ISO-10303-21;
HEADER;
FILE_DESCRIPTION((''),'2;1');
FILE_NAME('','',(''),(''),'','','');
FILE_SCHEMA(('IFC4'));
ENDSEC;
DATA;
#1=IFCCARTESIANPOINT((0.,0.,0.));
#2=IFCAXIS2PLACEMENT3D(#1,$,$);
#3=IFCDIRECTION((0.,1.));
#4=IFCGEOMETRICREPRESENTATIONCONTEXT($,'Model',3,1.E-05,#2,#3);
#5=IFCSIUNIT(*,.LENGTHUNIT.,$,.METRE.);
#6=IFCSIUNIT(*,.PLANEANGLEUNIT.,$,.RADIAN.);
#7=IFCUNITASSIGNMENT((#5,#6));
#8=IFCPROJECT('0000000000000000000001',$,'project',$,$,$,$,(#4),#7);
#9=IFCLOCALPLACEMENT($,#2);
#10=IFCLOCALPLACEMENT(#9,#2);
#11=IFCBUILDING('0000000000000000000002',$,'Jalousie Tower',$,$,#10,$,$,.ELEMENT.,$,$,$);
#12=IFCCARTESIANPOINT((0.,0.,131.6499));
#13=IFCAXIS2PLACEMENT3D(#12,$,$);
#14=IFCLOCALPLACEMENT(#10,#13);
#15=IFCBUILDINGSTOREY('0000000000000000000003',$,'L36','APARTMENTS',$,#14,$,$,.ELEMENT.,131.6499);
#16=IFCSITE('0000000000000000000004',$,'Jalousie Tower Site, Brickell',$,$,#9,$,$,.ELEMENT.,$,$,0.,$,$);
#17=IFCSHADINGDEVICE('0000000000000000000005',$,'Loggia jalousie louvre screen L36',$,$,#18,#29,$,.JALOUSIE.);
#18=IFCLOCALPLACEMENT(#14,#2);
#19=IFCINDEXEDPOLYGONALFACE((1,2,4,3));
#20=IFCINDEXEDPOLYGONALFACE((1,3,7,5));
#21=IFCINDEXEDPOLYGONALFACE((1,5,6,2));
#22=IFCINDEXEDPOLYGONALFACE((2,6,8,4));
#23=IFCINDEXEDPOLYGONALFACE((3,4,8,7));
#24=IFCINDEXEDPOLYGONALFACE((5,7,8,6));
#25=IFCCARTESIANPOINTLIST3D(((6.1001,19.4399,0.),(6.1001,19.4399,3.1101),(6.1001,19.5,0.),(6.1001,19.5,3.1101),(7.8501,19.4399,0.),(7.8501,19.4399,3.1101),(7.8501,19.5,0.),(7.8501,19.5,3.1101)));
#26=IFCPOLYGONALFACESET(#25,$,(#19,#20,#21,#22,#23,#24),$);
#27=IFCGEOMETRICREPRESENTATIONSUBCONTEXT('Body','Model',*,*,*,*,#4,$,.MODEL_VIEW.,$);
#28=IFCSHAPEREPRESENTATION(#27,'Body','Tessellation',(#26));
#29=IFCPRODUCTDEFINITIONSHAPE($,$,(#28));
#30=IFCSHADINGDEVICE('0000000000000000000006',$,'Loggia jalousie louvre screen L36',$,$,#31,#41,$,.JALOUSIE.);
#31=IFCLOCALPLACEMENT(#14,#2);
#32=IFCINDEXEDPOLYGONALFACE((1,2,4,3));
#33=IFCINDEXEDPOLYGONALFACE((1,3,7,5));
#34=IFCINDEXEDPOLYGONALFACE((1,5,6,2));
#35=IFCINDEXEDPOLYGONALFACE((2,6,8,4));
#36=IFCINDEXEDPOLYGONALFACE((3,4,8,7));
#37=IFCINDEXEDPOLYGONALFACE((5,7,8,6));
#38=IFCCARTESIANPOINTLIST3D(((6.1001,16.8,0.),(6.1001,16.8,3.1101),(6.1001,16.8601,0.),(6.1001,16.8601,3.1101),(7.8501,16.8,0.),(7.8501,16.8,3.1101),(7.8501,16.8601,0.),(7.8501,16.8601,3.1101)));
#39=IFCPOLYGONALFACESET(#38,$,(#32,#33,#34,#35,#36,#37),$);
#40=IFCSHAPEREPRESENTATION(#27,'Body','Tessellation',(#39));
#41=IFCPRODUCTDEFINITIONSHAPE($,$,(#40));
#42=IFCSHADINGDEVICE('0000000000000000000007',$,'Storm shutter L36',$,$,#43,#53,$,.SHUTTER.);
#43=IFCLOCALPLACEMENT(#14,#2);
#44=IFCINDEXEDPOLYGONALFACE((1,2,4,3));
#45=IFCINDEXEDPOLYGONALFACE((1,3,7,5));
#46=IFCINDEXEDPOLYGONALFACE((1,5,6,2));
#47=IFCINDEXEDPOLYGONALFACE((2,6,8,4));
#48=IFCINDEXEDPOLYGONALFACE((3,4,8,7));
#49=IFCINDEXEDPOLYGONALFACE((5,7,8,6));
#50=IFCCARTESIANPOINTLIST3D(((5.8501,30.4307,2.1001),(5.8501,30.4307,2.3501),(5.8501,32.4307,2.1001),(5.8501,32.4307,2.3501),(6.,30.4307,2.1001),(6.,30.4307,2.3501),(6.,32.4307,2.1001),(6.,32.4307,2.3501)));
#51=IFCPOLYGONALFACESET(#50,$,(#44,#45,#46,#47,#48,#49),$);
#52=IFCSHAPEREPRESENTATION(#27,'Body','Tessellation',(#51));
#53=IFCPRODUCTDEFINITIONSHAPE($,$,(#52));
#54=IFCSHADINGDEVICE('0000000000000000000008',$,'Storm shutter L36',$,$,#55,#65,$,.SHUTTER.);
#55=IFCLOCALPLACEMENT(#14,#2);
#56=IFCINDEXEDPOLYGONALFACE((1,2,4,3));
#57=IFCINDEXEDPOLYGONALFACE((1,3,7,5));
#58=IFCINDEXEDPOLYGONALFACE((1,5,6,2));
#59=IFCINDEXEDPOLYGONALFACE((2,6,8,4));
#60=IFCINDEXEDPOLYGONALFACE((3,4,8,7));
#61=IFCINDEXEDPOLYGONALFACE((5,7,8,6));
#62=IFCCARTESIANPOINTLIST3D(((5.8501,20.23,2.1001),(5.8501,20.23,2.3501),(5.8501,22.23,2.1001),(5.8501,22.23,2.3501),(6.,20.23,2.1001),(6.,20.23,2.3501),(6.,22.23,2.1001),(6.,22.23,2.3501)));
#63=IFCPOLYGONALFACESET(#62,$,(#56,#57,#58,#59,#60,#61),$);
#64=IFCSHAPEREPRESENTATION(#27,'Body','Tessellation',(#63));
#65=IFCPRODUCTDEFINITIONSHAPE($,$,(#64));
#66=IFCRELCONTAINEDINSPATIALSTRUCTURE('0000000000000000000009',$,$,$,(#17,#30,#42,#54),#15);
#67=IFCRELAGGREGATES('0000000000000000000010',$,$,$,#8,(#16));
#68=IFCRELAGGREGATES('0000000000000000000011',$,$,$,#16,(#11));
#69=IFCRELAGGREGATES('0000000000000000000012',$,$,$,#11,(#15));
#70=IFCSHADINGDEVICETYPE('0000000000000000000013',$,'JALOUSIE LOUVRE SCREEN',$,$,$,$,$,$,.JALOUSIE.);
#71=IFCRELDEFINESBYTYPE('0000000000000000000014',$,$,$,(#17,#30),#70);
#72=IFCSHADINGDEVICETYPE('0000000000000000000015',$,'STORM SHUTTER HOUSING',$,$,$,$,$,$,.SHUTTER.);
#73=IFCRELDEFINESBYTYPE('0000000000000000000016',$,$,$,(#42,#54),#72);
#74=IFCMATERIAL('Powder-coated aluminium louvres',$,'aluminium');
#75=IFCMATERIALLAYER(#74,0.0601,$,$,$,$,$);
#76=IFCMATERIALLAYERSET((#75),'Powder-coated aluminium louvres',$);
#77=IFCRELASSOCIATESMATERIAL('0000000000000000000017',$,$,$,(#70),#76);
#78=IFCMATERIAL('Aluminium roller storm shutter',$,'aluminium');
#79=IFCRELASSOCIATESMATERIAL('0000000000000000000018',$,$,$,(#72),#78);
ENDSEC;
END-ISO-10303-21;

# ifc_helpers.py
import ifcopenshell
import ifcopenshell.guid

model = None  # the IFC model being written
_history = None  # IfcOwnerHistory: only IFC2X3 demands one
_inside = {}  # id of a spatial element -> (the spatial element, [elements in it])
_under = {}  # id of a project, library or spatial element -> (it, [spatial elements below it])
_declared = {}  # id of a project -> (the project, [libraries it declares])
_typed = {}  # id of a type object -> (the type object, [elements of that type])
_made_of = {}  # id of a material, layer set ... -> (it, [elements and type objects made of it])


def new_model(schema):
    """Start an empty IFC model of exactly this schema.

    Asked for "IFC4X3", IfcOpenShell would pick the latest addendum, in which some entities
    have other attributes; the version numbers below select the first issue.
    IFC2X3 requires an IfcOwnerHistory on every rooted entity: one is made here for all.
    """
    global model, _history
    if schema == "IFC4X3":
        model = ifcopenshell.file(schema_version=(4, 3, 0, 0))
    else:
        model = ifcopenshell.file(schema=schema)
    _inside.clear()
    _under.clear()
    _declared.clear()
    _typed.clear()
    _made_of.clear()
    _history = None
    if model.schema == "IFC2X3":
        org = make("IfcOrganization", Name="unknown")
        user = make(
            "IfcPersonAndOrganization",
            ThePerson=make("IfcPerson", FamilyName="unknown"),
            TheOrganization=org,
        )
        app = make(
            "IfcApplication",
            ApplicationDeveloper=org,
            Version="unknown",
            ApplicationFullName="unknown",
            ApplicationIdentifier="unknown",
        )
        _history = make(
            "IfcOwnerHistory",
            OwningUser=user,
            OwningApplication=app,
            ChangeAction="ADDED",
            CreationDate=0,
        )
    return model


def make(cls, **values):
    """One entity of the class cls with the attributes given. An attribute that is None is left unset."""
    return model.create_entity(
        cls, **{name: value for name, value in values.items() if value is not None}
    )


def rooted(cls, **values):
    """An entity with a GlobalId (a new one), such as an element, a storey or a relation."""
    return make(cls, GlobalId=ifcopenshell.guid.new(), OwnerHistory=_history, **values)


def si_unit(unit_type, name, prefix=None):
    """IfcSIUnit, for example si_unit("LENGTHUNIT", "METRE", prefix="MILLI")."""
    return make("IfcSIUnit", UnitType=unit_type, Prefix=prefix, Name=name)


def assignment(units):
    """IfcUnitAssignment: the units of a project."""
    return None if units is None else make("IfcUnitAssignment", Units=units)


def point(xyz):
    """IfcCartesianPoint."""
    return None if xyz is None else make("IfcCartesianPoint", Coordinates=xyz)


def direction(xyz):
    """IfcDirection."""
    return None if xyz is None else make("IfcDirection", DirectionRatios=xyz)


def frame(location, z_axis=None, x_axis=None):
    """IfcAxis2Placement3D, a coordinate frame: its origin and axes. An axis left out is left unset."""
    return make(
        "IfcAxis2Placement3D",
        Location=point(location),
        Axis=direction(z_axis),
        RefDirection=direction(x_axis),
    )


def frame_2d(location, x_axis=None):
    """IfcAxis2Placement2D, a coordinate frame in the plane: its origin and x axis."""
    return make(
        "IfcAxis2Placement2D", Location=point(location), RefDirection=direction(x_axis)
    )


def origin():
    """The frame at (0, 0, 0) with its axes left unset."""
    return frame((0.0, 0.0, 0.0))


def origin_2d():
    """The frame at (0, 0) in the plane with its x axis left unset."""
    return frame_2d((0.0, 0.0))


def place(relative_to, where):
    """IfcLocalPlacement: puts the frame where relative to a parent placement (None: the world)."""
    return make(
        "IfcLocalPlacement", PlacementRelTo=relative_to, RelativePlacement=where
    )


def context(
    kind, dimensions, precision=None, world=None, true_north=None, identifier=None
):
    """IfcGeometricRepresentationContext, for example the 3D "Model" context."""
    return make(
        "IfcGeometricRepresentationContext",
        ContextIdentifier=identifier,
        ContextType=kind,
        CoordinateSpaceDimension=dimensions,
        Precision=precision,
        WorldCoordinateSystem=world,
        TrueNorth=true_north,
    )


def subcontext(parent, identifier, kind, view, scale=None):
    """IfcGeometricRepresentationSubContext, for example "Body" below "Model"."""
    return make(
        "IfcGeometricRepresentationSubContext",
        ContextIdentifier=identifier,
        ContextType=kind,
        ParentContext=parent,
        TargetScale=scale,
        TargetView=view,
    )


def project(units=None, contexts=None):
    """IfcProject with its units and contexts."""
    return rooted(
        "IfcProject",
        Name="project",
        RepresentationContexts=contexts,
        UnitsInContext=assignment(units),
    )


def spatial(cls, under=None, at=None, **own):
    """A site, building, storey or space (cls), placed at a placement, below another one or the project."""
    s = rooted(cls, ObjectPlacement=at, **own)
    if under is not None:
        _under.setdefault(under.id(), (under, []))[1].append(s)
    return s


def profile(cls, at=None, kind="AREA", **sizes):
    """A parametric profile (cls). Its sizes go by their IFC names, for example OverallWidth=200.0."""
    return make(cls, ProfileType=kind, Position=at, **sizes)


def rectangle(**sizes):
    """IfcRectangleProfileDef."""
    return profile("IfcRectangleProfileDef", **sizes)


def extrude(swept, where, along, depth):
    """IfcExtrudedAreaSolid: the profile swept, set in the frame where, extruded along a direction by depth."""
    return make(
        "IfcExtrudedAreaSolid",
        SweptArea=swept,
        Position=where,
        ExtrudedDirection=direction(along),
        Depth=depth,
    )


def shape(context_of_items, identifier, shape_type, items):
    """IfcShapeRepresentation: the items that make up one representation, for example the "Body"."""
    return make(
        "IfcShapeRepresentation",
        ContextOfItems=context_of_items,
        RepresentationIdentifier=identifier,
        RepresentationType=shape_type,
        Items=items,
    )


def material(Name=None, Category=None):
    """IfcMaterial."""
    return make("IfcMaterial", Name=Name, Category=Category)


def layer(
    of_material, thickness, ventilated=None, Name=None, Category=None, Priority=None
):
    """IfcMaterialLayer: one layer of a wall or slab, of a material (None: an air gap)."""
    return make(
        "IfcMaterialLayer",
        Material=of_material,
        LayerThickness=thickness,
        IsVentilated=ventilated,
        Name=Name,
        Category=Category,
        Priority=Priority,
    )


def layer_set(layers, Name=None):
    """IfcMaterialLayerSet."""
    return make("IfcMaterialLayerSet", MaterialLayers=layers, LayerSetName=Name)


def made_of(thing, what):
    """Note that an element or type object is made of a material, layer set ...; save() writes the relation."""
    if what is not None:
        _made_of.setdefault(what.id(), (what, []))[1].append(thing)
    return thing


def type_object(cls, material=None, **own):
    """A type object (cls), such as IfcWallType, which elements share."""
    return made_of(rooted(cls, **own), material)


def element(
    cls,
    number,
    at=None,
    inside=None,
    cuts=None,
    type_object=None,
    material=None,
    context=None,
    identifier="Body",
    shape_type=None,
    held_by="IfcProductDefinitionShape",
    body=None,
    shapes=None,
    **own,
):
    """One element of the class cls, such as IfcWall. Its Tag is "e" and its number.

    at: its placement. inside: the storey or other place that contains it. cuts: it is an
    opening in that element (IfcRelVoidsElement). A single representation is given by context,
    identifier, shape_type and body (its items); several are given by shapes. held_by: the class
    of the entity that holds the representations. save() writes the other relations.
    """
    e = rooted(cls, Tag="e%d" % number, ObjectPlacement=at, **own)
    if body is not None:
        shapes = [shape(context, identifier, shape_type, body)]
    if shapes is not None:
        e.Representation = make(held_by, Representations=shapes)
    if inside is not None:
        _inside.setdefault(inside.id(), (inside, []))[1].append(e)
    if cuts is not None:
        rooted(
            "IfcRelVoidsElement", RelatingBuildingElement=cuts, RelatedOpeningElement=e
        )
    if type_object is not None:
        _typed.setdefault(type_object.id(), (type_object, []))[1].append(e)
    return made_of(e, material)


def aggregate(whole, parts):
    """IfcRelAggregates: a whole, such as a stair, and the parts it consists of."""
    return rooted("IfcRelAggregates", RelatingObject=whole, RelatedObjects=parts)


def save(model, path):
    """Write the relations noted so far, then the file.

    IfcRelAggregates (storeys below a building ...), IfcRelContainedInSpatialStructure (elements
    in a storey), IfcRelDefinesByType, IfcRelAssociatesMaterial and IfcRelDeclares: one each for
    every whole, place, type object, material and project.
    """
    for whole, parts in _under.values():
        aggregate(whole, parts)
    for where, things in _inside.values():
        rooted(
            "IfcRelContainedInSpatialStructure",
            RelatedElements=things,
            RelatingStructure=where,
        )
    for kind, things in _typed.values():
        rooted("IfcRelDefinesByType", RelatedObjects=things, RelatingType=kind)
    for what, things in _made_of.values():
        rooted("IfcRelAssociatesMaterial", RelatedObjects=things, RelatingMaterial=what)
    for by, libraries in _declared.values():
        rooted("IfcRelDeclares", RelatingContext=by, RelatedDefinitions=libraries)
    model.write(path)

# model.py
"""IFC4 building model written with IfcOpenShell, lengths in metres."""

from ifc_helpers import new_model, si_unit, direction, frame, origin, origin_2d, place, context, subcontext, project, spatial, rectangle, extrude, material, layer, layer_set, type_object, element, save


model = new_model("IFC4")

# Units and contexts
model_context = context("Model", 3, precision=1e-05, world=origin(), true_north=direction((0.0, 1.0)))
body_context = subcontext(model_context, "Body", "Model", "MODEL_VIEW")
ifc_project = project(units=[si_unit("LENGTHUNIT", "METRE"), si_unit("PLANEANGLEUNIT", "RADIAN")], contexts=[model_context])

# Site, building, storey
site_placement = place(None, origin())
site = spatial("IfcSite", under=ifc_project, at=site_placement, Name="Jalousie Tower Site, Brickell", CompositionType="ELEMENT", RefElevation=0.0)
building_placement = place(site_placement, origin())
building = spatial("IfcBuilding", under=site, at=building_placement, Name="Jalousie Tower", CompositionType="ELEMENT")
storey_placement = place(building_placement, frame((0.0, 0.0, 131.6499)))
storey = spatial("IfcBuildingStorey", under=building, at=storey_placement, Name="L36", Description="APARTMENTS", CompositionType="ELEMENT", Elevation=131.6499)

# Shading devices
ifc_material_1 = material(Name="Powder-coated aluminium louvres", Category="aluminium")
ifc_layer_1 = layer(ifc_material_1, 0.0601)
ifc_layer_set_1 = layer_set([ifc_layer_1], Name="Powder-coated aluminium louvres")
shading_device_type_1 = type_object("IfcShadingDeviceType", Name="JALOUSIE LOUVRE SCREEN", PredefinedType="JALOUSIE", material=ifc_layer_set_1)
for number, where, z_axis, x_axis, name in (
    (1, (6.9751, 19.47, 0.0), (0.0, 0.0, 1.0), (0.0, -1.0, 0.0), "Loggia jalousie louvre screen L36"),
    (2, (6.9751, 16.8301, 0.0), (0.0, 0.0, 1.0), (0.0, -1.0, 0.0), "Loggia jalousie louvre screen L36"),
):
    element("IfcShadingDevice", number, at=place(storey_placement, frame(where, z_axis=z_axis, x_axis=x_axis)), inside=storey, type_object=shading_device_type_1, Name=name, PredefinedType="JALOUSIE", context=body_context, shape_type="SweptSolid", body=[
        extrude(rectangle(XDim=0.0601, YDim=1.75, at=origin_2d()), origin(), (0.0, 0.0, 1.0), 3.1101),
    ])
ifc_material_2 = material(Name="Aluminium roller storm shutter", Category="aluminium")
shading_device_type_2 = type_object("IfcShadingDeviceType", Name="STORM SHUTTER HOUSING", PredefinedType="SHUTTER", material=ifc_material_2)
for number, where, z_axis, x_axis, name in (
    (3, (5.925, 31.4307, 2.1001), (0.0, 0.0, 1.0), (0.0, -1.0, 0.0), "Storm shutter L36"),
    (4, (5.925, 21.23, 2.1001), (0.0, 0.0, 1.0), (0.0, -1.0, 0.0), "Storm shutter L36"),
):
    element("IfcShadingDevice", number, at=place(storey_placement, frame(where, z_axis=z_axis, x_axis=x_axis)), inside=storey, type_object=shading_device_type_2, Name=name, PredefinedType="SHUTTER", context=body_context, shape_type="SweptSolid", body=[
        extrude(rectangle(XDim=2.0, YDim=0.1499, at=origin_2d()), origin(), (0.0, 0.0, 1.0), 0.25),
    ])

save(model, "model.ifc")
